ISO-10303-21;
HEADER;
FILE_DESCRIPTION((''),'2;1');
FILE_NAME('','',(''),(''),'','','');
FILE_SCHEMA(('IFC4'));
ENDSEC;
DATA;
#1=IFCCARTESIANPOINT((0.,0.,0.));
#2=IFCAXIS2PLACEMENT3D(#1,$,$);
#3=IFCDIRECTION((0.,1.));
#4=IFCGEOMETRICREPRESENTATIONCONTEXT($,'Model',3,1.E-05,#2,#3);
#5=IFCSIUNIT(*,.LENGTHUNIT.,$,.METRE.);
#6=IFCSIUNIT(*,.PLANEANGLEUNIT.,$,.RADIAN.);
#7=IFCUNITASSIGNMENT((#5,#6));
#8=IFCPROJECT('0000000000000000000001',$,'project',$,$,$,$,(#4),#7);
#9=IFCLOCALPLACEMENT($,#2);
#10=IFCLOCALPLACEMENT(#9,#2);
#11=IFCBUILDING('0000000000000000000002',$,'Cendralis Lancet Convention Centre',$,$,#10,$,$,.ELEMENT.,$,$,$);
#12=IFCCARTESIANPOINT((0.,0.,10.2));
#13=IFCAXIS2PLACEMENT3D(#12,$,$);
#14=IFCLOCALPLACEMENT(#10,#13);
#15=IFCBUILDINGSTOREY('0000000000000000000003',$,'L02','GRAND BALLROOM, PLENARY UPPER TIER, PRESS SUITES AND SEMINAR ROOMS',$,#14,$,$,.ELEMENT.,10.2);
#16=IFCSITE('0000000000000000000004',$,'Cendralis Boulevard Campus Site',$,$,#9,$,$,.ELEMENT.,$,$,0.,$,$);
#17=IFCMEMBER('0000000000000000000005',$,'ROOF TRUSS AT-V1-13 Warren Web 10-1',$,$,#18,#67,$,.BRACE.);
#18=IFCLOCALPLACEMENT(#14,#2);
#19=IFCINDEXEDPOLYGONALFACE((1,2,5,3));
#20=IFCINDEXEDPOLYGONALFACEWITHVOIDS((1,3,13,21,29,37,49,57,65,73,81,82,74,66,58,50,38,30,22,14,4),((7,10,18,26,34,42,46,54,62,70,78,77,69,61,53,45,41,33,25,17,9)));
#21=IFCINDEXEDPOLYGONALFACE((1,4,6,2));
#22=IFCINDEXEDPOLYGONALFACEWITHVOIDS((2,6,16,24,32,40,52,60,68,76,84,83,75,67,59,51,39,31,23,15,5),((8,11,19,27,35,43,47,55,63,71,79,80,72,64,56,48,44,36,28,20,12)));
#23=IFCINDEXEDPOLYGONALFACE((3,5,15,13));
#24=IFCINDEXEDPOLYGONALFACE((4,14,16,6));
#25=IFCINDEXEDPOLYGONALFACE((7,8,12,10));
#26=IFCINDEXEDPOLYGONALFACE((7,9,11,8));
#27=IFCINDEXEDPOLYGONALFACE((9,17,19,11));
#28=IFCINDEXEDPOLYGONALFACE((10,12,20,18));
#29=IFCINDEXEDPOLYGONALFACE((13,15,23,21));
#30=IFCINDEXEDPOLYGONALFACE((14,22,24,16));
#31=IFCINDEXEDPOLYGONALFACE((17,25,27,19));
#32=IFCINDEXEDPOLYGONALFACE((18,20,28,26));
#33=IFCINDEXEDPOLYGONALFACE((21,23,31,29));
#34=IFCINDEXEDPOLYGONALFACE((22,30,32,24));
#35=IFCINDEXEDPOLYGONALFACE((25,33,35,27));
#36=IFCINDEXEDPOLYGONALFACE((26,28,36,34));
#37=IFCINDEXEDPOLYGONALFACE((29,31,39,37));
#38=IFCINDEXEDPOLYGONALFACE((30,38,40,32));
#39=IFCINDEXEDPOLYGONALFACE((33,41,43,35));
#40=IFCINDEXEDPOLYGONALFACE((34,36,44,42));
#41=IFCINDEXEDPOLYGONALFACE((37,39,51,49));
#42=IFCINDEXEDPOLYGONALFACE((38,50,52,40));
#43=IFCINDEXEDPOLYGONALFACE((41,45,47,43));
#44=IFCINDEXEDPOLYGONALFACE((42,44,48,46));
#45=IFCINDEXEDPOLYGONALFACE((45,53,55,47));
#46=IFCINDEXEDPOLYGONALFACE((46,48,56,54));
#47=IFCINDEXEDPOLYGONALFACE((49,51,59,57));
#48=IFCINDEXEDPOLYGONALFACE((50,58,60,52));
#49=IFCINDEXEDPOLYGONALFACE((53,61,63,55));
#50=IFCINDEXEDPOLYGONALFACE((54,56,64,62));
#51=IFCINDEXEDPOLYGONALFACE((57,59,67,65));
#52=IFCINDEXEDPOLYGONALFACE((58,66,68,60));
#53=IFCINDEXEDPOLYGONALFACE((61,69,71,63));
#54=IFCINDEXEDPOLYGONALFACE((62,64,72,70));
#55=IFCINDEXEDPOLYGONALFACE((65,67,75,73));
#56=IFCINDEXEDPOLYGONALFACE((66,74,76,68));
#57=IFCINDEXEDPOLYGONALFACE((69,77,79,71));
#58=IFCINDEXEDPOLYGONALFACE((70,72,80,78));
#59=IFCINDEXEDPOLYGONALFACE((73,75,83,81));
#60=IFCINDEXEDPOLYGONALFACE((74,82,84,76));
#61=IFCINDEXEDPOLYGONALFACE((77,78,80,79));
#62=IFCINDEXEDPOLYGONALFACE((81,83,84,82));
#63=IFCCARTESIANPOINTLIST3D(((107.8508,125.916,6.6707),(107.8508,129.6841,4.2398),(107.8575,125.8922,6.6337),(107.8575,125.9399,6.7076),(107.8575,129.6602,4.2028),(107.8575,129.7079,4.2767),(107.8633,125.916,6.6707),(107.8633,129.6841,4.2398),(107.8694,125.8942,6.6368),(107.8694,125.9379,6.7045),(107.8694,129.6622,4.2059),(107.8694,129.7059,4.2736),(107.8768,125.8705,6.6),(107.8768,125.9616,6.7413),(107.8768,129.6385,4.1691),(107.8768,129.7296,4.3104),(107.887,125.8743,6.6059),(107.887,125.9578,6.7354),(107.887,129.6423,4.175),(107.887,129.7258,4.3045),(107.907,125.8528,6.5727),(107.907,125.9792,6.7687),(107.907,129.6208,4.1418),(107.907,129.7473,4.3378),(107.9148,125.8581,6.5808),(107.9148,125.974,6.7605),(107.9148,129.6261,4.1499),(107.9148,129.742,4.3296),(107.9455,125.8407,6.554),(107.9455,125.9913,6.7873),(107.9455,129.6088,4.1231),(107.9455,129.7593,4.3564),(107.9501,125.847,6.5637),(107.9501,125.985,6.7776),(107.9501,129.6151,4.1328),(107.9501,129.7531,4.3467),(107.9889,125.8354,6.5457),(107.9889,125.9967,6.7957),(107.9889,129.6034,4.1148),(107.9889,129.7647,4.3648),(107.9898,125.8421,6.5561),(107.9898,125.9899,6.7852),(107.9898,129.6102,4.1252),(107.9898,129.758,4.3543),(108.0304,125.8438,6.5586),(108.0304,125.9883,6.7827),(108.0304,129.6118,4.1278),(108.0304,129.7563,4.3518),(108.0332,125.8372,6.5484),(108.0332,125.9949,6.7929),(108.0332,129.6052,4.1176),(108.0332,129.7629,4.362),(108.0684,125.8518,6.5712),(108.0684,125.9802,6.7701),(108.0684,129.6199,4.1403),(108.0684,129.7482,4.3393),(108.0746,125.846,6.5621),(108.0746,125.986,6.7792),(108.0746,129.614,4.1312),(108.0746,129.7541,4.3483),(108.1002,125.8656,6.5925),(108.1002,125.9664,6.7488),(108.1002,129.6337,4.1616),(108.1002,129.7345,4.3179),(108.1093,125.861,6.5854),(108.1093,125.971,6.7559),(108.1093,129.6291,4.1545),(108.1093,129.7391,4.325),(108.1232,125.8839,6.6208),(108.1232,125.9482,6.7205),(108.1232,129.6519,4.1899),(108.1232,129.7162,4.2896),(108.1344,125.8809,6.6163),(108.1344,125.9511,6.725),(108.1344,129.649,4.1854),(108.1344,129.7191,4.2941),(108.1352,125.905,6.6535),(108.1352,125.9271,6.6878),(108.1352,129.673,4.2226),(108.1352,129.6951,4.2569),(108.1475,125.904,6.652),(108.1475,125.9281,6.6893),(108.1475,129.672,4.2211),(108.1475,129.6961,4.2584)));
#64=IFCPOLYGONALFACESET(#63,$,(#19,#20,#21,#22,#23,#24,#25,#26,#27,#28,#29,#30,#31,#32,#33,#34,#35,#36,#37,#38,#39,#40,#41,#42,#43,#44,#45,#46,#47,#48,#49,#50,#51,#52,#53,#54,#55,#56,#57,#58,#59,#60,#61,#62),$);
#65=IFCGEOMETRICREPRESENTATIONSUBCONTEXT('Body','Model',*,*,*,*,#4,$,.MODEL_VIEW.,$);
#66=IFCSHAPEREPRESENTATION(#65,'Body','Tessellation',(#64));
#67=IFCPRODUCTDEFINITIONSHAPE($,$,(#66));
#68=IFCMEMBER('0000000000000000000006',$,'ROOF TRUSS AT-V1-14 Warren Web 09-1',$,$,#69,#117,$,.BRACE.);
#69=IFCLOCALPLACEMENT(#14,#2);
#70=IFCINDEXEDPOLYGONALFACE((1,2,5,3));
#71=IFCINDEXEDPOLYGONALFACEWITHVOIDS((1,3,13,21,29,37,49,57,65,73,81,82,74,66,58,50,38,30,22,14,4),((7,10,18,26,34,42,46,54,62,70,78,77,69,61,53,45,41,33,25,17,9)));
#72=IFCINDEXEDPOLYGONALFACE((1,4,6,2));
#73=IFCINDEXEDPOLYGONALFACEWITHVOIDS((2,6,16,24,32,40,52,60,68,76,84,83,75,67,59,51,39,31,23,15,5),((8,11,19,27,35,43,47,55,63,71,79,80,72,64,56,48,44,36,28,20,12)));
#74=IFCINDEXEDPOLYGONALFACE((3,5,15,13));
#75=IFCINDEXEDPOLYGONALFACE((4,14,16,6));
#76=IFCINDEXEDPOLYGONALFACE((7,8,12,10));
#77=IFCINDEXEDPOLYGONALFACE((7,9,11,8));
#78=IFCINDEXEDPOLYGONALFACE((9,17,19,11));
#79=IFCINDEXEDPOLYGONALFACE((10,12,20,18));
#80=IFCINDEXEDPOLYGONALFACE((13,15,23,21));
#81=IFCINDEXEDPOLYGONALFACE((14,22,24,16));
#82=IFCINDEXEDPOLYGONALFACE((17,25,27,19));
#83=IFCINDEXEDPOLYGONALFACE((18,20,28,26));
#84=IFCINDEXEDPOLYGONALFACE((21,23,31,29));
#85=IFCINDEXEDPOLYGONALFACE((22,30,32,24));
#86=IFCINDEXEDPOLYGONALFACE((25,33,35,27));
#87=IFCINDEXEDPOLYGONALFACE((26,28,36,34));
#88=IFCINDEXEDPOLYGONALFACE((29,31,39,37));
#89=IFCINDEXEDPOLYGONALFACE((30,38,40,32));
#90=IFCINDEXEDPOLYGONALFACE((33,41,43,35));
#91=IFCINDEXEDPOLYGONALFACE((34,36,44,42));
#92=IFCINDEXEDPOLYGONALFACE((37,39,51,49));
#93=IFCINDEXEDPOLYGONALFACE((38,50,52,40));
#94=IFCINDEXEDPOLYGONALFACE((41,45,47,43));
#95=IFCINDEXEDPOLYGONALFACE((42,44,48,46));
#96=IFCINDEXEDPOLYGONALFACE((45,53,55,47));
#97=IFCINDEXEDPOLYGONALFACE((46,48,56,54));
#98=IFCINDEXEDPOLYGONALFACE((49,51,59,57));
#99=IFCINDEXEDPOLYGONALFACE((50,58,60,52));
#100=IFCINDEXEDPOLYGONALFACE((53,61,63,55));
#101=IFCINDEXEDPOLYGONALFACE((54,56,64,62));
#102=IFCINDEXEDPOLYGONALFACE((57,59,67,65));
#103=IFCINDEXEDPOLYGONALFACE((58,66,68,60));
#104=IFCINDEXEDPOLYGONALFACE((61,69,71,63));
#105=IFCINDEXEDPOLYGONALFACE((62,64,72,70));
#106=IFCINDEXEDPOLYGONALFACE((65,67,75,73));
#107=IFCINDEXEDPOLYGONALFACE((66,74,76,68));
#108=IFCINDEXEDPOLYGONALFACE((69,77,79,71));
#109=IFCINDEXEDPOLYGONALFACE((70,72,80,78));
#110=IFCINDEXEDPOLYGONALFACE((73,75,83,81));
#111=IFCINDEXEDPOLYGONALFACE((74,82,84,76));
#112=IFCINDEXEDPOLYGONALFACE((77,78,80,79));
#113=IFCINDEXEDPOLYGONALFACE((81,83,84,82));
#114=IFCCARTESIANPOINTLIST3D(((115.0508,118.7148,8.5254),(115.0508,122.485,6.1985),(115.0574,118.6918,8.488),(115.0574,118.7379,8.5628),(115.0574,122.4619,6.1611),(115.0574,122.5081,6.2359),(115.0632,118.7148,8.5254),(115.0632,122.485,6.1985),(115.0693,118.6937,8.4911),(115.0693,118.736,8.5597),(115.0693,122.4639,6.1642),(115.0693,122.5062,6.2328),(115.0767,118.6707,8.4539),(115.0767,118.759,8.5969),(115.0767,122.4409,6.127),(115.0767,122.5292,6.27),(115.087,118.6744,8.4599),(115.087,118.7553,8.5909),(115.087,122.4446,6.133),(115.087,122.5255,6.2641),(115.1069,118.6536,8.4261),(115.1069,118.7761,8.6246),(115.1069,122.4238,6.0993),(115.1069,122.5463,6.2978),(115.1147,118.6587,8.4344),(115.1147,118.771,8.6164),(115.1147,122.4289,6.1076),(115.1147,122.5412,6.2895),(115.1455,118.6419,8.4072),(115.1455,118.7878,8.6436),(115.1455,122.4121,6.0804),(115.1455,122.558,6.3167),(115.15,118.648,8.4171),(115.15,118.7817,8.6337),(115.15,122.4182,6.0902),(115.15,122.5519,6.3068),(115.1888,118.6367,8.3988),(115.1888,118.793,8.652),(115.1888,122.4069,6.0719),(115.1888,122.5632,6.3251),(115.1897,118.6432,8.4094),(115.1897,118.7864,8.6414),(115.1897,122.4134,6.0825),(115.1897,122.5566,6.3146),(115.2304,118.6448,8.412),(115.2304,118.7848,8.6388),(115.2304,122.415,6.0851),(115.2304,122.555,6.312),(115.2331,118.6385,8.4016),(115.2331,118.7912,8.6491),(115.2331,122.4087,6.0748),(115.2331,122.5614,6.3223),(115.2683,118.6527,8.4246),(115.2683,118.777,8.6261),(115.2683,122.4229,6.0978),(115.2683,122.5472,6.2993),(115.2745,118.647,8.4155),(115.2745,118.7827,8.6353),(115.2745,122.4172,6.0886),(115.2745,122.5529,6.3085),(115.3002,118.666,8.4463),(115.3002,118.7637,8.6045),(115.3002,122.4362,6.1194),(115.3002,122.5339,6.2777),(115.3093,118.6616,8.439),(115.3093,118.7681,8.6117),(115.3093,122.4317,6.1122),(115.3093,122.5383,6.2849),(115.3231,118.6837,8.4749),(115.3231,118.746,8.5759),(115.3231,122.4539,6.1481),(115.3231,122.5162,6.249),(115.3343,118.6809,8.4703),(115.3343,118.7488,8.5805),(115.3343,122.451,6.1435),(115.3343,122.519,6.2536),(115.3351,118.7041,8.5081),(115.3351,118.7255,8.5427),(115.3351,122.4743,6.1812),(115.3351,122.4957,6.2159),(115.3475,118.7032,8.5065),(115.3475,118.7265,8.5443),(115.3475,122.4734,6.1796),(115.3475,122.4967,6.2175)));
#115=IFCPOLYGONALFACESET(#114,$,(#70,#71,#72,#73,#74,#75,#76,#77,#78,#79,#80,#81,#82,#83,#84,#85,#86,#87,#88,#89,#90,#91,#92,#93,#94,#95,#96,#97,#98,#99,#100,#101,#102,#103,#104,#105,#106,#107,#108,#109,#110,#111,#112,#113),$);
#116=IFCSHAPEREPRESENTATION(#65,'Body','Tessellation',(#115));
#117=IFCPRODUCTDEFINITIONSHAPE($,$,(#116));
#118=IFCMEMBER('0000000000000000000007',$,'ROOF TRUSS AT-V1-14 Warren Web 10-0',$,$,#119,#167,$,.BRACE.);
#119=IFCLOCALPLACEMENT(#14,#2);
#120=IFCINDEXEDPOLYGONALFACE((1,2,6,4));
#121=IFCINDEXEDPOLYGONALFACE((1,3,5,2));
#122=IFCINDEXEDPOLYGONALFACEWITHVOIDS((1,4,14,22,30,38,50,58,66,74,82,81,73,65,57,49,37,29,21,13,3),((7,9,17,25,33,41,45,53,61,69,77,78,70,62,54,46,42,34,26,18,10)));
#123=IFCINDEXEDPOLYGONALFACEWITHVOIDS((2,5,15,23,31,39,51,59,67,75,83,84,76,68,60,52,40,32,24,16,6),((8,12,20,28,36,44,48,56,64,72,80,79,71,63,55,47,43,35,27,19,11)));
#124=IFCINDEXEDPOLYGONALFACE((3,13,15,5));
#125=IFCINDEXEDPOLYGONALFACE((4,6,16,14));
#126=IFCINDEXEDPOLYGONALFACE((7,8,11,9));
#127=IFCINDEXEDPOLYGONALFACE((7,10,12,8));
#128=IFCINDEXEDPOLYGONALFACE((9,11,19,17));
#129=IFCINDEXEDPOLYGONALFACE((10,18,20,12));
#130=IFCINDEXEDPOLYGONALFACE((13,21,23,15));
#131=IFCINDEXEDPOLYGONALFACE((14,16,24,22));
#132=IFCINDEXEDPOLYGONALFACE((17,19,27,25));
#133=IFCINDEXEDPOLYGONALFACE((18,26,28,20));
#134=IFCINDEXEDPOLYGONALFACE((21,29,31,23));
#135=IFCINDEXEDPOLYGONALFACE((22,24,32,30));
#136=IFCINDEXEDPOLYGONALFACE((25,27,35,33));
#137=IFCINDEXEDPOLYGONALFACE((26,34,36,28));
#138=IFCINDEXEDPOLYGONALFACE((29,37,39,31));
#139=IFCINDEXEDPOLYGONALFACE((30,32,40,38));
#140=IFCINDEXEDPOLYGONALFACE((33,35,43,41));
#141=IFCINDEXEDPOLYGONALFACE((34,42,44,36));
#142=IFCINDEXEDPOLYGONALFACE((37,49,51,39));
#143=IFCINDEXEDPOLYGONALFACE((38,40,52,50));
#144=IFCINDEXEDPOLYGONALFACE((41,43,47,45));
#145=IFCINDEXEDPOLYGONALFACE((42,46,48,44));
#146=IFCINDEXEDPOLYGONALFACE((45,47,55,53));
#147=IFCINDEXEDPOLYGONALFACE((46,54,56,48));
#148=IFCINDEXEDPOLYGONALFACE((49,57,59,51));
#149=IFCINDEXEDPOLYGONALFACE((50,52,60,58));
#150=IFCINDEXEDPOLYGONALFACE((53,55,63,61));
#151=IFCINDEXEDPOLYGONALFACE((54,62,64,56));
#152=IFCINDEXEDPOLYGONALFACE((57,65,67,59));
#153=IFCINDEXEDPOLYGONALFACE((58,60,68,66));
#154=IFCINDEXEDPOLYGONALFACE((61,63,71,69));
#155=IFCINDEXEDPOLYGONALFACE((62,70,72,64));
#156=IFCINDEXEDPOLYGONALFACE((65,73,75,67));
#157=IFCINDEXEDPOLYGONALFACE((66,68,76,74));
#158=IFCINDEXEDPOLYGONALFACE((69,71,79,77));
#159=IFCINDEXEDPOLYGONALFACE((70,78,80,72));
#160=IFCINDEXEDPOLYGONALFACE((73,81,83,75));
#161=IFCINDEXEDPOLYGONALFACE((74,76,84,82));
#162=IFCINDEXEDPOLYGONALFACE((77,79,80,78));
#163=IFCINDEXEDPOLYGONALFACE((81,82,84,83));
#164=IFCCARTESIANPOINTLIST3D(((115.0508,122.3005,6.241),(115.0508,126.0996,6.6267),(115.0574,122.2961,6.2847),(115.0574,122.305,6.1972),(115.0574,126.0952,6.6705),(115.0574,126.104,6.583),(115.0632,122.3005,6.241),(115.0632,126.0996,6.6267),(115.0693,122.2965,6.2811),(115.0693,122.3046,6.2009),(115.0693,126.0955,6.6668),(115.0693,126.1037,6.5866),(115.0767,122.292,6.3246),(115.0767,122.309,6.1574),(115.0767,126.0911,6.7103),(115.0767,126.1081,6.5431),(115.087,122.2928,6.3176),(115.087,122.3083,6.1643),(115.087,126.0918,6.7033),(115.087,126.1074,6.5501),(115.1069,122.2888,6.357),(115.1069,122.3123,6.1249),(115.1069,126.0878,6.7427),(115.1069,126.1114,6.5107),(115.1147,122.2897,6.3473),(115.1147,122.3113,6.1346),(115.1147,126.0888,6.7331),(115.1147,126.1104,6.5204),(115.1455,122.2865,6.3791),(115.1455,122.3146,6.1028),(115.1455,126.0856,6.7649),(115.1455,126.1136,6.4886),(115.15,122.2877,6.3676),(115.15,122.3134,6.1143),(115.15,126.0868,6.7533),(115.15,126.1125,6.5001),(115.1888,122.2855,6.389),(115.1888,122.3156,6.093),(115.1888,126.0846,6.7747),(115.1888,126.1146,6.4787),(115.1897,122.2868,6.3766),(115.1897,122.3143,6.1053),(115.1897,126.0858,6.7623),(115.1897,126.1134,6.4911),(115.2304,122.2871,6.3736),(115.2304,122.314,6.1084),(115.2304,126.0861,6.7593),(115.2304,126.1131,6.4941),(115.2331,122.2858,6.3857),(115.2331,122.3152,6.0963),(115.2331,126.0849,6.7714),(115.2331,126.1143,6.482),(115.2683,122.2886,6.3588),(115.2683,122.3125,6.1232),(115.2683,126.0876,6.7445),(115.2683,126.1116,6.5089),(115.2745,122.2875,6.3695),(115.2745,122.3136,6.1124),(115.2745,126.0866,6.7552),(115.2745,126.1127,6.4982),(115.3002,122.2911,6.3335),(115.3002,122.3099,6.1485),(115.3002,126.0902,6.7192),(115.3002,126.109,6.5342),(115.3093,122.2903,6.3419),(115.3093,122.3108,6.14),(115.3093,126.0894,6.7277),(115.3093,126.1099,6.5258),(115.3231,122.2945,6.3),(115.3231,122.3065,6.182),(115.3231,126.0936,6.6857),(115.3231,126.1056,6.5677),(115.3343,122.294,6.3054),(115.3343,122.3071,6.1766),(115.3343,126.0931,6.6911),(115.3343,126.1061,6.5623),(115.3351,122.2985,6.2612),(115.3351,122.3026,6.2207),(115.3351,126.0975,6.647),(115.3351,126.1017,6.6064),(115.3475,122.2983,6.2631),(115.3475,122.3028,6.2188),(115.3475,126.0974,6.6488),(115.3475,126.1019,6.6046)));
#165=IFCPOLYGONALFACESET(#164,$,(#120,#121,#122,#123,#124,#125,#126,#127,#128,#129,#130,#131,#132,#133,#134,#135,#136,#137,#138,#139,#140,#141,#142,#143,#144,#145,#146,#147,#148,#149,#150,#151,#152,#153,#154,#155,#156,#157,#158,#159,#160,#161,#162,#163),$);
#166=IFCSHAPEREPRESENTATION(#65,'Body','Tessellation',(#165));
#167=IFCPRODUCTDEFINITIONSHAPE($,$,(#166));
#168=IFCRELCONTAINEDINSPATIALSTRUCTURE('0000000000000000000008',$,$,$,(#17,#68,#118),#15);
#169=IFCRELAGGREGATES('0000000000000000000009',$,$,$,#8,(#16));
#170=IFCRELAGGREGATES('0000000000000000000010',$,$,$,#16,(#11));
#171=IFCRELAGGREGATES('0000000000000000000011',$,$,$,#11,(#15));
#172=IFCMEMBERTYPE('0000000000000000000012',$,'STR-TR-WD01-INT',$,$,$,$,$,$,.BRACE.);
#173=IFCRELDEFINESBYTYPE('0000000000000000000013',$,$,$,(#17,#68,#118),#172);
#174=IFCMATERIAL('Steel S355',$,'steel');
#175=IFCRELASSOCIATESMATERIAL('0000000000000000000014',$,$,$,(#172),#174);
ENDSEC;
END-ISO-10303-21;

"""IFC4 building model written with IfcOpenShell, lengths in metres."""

from ifc_helpers import new_model, si_unit, direction, frame, origin, origin_2d, place, context, subcontext, project, spatial, hollow_circle, extrude, material, material_profile, profile_set, type_object, element, save


model = new_model("IFC4")

# Units and contexts
model_context = context("Model", 3, precision=1e-05, world=origin(), true_north=direction((0.0, 1.0)))
body_context = subcontext(model_context, "Body", "Model", "MODEL_VIEW")
ifc_project = project(units=[si_unit("LENGTHUNIT", "METRE"), si_unit("PLANEANGLEUNIT", "RADIAN")], contexts=[model_context])

# Site, building, storey
site_placement = place(None, origin())
site = spatial("IfcSite", under=ifc_project, at=site_placement, Name="Cendralis Boulevard Campus Site", CompositionType="ELEMENT", RefElevation=0.0)
building_placement = place(site_placement, origin())
building = spatial("IfcBuilding", under=site, at=building_placement, Name="Cendralis Lancet Convention Centre", CompositionType="ELEMENT")
storey_placement = place(building_placement, frame((0.0, 0.0, 10.2)))
storey = spatial("IfcBuildingStorey", under=building, at=storey_placement, Name="L02", Description="GRAND BALLROOM, PLENARY UPPER TIER, PRESS SUITES AND SEMINAR ROOMS", CompositionType="ELEMENT", Elevation=10.2)

# Members
ifc_material_1 = material(Name="Steel S355", Category="steel")
ifc_material_profile_1 = material_profile(ifc_material_1, hollow_circle(Radius=0.1492, WallThickness=0.0125, at=origin_2d()), Name="CHS 298.5x12.5")
ifc_profile_set_1 = profile_set([ifc_material_profile_1], Name="Steel S355")
member_type_1 = type_object("IfcMemberType", Name="STR-TR-WD01-INT", PredefinedType="BRACE", material=ifc_profile_set_1)
member_1_placement = place(storey_placement, frame((108.0, 125.916, 6.6707), z_axis=(0.0, 0.840307, -0.542111), x_axis=(-1.0, 0.0, 0.0)))
element("IfcMember", 1, at=member_1_placement, inside=storey, type_object=member_type_1, Name="ROOF TRUSS AT-V1-13 Warren Web 10-1", PredefinedType="BRACE", context=body_context, shape_type="SweptSolid", body=[
    extrude(hollow_circle(Radius=0.1492, WallThickness=0.0125, at=origin_2d()), origin(), (0.0, 0.0, 1.0), 4.4841),
])
member_2_placement = place(storey_placement, frame((115.2, 118.7148, 8.5254), z_axis=(0.0, 0.850978, -0.525201), x_axis=(-1.0, 0.0, 0.0)))
element("IfcMember", 2, at=member_2_placement, inside=storey, type_object=member_type_1, Name="ROOF TRUSS AT-V1-14 Warren Web 09-1", PredefinedType="BRACE", context=body_context, shape_type="SweptSolid", body=[
    extrude(hollow_circle(Radius=0.1492, WallThickness=0.0125, at=origin_2d()), origin(), (0.0, 0.0, 1.0), 4.4304),
])
member_3_placement = place(storey_placement, frame((115.2, 122.3005, 6.241), z_axis=(0.0, 0.994885, 0.101017), x_axis=(-1.0, 0.0, 0.0)))
element("IfcMember", 3, at=member_3_placement, inside=storey, type_object=member_type_1, Name="ROOF TRUSS AT-V1-14 Warren Web 10-0", PredefinedType="BRACE", context=body_context, shape_type="SweptSolid", body=[
    extrude(hollow_circle(Radius=0.1492, WallThickness=0.0125, at=origin_2d()), origin(), (0.0, 0.0, 1.0), 3.8186),
])

save(model, "model.ifc")
